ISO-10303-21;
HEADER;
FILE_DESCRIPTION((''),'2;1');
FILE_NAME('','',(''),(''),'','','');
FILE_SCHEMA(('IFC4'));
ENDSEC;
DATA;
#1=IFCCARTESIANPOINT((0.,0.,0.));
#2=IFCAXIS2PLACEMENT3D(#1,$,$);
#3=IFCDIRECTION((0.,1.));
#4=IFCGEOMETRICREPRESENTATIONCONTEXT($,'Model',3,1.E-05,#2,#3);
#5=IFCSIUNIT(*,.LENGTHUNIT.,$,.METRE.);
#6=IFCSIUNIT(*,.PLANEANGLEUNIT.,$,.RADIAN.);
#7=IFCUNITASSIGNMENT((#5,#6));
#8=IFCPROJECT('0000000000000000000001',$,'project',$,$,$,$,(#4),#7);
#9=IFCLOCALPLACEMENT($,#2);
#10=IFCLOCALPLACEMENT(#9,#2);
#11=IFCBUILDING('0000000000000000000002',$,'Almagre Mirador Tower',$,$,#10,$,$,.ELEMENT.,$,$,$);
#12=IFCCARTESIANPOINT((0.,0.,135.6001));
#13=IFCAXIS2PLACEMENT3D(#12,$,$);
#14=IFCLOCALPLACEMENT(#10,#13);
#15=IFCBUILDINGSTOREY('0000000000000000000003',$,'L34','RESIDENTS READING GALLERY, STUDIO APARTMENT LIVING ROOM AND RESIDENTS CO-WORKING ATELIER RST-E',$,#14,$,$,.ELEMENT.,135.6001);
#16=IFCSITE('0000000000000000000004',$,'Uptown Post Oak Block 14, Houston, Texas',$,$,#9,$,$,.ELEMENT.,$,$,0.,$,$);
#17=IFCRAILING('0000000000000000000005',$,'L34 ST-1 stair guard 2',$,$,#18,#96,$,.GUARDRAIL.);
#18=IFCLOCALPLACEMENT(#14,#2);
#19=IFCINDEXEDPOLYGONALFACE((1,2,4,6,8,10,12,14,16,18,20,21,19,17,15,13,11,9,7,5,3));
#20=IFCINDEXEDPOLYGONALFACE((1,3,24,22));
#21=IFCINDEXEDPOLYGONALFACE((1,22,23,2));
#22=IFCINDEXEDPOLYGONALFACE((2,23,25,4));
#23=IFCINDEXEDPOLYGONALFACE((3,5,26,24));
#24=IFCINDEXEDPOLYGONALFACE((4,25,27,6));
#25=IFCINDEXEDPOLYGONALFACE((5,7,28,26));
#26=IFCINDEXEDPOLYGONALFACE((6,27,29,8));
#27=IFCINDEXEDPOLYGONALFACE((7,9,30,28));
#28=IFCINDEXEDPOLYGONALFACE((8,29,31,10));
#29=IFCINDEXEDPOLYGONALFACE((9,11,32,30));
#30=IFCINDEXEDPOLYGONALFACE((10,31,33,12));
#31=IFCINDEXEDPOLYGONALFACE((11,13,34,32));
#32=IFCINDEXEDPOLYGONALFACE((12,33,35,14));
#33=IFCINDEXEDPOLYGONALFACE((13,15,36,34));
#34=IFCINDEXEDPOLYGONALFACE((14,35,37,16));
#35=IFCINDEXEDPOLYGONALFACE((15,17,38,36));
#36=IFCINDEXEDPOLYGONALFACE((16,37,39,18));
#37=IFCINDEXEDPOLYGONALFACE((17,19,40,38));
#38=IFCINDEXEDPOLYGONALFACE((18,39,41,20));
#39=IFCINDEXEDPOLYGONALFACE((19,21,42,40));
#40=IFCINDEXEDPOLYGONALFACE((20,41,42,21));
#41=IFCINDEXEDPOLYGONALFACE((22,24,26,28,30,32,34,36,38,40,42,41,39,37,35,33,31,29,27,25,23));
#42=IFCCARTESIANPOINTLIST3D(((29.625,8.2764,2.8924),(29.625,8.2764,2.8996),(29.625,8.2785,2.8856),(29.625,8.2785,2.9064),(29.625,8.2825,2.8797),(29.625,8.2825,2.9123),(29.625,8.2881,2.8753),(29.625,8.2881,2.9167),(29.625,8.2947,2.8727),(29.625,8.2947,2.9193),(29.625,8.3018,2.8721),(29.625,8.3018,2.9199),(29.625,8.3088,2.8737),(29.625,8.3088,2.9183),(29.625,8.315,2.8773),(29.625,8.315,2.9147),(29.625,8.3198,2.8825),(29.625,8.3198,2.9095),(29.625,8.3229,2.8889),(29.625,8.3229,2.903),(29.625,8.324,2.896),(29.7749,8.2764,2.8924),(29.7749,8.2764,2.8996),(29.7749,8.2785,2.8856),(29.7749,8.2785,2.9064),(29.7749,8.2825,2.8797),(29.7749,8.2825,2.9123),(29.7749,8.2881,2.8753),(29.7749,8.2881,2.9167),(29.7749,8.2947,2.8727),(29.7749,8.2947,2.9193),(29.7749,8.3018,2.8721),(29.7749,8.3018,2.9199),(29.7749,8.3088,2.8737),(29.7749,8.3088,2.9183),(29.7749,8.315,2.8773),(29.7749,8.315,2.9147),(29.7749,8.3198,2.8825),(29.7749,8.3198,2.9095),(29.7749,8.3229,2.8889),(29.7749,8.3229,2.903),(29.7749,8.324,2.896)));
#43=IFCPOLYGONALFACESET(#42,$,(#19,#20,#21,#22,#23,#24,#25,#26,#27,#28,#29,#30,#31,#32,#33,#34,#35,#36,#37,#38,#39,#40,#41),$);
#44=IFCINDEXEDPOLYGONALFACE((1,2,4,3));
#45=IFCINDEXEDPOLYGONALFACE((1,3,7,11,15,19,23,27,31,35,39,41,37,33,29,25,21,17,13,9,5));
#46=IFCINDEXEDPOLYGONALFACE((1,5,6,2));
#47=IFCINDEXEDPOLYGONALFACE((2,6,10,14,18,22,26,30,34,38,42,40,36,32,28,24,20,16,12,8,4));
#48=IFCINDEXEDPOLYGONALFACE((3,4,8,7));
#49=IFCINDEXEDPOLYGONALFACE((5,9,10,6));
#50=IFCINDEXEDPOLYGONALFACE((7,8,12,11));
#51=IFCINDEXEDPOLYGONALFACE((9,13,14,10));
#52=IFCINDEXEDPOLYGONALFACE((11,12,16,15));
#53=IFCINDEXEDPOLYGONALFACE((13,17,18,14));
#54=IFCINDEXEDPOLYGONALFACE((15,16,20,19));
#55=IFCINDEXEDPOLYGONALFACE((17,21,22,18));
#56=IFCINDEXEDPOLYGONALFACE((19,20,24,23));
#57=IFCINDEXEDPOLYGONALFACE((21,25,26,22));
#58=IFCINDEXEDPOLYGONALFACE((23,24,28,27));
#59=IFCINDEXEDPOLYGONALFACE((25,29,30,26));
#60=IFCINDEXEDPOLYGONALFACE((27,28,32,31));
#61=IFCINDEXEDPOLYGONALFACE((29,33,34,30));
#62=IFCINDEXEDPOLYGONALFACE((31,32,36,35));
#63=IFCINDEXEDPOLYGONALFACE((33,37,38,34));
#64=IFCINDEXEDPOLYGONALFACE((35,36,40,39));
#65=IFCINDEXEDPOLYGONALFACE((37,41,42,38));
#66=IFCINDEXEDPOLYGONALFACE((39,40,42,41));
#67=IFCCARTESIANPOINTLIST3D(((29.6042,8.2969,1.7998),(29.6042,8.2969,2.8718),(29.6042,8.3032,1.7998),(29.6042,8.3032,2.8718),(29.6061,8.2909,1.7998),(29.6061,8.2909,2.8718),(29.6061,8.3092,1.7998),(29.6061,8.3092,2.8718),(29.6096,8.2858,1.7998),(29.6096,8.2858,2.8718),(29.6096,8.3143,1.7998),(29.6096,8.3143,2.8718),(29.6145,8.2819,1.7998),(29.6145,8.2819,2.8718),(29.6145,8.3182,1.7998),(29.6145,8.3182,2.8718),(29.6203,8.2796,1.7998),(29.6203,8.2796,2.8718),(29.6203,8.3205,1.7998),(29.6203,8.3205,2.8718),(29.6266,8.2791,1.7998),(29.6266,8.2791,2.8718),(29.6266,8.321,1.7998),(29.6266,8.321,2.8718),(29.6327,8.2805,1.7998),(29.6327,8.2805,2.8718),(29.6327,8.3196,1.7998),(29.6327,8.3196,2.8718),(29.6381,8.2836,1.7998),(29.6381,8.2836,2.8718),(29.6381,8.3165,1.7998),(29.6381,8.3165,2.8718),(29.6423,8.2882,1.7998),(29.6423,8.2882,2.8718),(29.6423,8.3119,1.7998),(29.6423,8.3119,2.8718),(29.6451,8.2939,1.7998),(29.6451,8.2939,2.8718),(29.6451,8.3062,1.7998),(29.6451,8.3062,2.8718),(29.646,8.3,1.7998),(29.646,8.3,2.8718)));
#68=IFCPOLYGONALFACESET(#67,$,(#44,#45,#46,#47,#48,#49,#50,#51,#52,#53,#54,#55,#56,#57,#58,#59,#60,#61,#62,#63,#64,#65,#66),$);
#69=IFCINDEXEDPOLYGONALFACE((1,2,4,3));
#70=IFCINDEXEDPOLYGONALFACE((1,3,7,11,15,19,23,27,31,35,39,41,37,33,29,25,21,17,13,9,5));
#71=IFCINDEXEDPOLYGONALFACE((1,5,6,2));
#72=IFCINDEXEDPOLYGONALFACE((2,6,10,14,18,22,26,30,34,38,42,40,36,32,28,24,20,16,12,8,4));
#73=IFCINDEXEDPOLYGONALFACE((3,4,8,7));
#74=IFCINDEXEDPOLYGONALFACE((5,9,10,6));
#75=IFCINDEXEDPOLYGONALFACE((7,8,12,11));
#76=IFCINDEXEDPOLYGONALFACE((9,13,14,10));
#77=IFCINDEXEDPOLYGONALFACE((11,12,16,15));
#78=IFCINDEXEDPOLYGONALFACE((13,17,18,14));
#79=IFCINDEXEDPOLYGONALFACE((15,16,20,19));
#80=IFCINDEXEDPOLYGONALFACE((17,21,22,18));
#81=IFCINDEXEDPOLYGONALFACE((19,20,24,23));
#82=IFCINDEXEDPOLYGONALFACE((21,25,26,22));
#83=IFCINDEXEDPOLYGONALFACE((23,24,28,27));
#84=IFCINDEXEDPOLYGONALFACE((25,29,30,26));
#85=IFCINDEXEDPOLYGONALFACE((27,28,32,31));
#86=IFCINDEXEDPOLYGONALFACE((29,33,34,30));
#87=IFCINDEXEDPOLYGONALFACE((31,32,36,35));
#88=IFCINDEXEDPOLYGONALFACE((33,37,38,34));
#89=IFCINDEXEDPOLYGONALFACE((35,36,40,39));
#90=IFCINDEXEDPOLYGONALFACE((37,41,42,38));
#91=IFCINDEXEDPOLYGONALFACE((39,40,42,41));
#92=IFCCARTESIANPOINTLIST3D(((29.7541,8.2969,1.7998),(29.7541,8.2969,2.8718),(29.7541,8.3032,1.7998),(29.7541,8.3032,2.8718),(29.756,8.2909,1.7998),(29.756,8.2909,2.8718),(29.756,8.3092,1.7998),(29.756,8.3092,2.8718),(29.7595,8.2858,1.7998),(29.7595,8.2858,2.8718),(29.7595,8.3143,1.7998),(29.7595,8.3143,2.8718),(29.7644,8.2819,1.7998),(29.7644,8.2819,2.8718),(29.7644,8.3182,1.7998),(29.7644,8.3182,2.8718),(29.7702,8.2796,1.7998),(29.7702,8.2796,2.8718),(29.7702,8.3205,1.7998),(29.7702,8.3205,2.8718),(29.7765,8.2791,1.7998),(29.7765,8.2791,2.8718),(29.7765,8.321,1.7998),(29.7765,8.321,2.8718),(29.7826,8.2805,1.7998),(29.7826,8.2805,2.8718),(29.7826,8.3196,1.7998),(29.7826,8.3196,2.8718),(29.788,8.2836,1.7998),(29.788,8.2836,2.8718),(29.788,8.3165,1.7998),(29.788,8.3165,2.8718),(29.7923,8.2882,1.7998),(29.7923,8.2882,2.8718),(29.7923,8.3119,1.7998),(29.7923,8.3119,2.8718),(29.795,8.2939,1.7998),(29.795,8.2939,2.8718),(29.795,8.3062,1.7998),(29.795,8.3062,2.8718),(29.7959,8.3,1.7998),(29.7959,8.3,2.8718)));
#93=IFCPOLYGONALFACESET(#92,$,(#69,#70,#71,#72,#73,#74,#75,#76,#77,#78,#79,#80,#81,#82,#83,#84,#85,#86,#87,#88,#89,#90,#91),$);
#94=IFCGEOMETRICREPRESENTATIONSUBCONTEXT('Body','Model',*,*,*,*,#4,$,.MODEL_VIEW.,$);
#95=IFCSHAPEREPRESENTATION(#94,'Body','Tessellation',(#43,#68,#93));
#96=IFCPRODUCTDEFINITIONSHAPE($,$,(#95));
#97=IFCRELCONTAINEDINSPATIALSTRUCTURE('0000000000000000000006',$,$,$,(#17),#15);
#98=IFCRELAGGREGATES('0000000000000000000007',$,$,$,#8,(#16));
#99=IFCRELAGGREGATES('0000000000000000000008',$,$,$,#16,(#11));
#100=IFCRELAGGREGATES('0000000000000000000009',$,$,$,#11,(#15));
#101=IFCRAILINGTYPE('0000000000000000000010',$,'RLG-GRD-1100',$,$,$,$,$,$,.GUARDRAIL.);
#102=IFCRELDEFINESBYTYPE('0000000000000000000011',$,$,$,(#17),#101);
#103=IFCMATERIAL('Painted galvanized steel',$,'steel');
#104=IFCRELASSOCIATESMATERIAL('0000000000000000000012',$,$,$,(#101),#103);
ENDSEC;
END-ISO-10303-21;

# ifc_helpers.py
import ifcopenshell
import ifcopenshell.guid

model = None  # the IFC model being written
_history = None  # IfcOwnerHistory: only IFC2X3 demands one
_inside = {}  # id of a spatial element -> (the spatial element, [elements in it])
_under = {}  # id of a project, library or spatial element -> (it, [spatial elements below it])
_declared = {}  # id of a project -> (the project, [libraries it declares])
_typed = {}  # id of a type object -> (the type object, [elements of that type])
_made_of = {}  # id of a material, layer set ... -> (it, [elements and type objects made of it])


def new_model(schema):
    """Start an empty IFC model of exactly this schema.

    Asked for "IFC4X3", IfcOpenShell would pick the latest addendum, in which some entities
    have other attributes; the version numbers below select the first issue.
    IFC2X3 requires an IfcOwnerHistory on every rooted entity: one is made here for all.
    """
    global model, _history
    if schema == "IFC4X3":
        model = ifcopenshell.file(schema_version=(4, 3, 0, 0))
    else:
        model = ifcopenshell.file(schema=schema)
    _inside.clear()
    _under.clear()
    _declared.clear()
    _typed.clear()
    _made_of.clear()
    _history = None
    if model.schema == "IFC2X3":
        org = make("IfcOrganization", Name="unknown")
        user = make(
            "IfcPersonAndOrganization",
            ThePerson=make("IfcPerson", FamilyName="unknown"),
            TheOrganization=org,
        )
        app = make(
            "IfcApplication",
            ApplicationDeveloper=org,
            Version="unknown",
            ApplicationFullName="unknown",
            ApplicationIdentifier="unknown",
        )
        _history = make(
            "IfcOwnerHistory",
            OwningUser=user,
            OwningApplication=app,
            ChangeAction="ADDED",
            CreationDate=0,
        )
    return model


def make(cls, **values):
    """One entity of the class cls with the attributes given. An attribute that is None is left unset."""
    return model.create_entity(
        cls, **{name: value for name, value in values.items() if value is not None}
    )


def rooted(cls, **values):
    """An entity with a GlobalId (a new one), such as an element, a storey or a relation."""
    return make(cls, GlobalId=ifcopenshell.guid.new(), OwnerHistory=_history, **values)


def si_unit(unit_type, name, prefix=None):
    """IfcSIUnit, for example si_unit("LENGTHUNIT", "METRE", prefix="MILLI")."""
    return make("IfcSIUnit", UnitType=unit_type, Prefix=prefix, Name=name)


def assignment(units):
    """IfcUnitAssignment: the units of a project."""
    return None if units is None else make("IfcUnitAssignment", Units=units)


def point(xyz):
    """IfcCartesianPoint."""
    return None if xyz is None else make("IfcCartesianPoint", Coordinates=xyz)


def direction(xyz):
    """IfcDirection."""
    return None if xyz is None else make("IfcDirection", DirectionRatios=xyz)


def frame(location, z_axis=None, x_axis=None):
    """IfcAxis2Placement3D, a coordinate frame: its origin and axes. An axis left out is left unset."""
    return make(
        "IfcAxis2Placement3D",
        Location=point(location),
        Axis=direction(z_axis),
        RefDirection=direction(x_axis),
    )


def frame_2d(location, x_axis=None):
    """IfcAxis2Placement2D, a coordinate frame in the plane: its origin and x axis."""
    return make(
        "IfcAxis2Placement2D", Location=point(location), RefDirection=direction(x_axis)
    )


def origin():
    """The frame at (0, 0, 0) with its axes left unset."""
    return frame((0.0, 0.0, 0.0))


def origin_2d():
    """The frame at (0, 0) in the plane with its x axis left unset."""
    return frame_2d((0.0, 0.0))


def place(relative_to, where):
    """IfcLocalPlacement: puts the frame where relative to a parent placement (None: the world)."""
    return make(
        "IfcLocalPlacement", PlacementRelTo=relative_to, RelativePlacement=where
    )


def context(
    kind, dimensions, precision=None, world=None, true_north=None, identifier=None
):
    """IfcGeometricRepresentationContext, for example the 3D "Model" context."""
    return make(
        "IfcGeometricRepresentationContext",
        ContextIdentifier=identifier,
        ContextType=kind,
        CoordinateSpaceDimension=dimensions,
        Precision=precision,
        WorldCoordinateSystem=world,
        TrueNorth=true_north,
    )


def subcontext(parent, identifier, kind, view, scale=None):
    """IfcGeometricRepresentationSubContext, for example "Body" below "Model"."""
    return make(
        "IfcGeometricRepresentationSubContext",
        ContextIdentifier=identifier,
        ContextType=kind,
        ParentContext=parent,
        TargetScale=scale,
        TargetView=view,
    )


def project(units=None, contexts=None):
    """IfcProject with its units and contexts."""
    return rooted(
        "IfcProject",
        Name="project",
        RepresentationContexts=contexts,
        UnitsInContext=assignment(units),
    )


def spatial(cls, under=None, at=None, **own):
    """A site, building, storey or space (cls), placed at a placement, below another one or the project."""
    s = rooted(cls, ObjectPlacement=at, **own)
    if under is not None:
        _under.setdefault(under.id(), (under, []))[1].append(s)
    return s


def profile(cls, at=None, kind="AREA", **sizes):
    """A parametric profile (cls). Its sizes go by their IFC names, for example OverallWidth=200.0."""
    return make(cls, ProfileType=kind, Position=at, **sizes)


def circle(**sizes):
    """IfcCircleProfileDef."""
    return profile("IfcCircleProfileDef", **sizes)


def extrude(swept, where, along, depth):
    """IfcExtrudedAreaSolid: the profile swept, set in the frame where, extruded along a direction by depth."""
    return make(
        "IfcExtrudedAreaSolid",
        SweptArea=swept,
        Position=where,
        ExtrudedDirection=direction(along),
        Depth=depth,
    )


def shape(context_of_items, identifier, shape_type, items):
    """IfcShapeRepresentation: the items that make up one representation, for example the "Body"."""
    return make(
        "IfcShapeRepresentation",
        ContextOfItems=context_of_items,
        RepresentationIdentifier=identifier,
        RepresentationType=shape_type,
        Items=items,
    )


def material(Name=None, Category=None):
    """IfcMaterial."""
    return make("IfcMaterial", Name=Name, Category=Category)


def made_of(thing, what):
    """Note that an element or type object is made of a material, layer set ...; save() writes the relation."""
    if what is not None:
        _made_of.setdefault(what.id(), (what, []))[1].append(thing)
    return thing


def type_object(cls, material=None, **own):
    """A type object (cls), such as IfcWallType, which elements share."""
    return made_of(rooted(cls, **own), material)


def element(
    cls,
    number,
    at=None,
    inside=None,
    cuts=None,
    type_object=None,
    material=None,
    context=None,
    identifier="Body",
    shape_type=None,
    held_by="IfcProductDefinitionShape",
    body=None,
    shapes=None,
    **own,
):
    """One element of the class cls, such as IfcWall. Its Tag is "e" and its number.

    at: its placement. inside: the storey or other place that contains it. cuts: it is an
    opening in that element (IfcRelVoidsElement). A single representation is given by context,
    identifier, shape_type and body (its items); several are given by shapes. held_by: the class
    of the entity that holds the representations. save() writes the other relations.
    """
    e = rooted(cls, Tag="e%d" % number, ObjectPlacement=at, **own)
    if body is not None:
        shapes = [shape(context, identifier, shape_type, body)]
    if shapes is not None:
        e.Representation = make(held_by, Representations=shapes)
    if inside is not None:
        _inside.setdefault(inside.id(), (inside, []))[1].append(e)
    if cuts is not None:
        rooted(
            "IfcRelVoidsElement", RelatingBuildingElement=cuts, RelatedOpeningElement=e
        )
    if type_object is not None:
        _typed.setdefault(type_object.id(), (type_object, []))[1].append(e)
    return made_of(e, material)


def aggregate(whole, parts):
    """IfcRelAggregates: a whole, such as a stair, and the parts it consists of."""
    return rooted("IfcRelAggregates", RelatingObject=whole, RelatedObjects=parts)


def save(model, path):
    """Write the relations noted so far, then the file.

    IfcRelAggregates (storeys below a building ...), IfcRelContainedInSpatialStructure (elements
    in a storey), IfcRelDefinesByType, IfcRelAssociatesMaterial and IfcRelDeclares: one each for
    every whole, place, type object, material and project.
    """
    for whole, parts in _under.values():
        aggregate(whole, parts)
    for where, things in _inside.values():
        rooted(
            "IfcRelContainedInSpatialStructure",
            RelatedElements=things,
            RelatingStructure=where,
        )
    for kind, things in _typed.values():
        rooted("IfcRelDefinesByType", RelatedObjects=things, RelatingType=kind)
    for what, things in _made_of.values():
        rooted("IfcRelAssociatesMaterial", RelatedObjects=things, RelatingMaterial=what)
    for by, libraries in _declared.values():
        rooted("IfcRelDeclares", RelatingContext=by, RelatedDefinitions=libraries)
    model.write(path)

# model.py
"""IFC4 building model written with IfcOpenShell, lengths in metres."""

from ifc_helpers import new_model, si_unit, direction, frame, origin, origin_2d, place, context, subcontext, project, spatial, circle, extrude, material, type_object, element, save


model = new_model("IFC4")

# Units and contexts
model_context = context("Model", 3, precision=1e-05, world=origin(), true_north=direction((0.0, 1.0)))
body_context = subcontext(model_context, "Body", "Model", "MODEL_VIEW")
ifc_project = project(units=[si_unit("LENGTHUNIT", "METRE"), si_unit("PLANEANGLEUNIT", "RADIAN")], contexts=[model_context])

# Site, building, storey
site_placement = place(None, origin())
site = spatial("IfcSite", under=ifc_project, at=site_placement, Name="Uptown Post Oak Block 14, Houston, Texas", CompositionType="ELEMENT", RefElevation=0.0)
building_placement = place(site_placement, origin())
building = spatial("IfcBuilding", under=site, at=building_placement, Name="Almagre Mirador Tower", CompositionType="ELEMENT")
storey_placement = place(building_placement, frame((0.0, 0.0, 135.6001)))
storey = spatial("IfcBuildingStorey", under=building, at=storey_placement, Name="L34", Description="RESIDENTS READING GALLERY, STUDIO APARTMENT LIVING ROOM AND RESIDENTS CO-WORKING ATELIER RST-E", CompositionType="ELEMENT", Elevation=135.6001)

# Railing
ifc_material_1 = material(Name="Painted galvanized steel", Category="steel")
railing_type_1 = type_object("IfcRailingType", Name="RLG-GRD-1100", PredefinedType="GUARDRAIL", material=ifc_material_1)
railing_1_placement = place(storey_placement, frame((29.625, 8.3, 1.7998)))
element("IfcRailing", 1, at=railing_1_placement, inside=storey, type_object=railing_type_1, Name="L34 ST-1 stair guard 2", PredefinedType="GUARDRAIL", context=body_context, shape_type="SweptSolid", body=[
    extrude(circle(Radius=0.0239, at=origin_2d()), frame((0.0, 0.0, 1.0962), z_axis=(1.0, 0.0, 0.0), x_axis=(0.0, 1.0, 0.0)), (0.0, 0.0, 1.0), 0.1499),
    extrude(circle(Radius=0.021, at=origin_2d()), origin(), (0.0, 0.0, 1.0), 1.072),
    extrude(circle(Radius=0.021, at=origin_2d()), frame((0.1499, 0.0, 0.0)), (0.0, 0.0, 1.0), 1.072),
])

save(model, "model.ifc")
